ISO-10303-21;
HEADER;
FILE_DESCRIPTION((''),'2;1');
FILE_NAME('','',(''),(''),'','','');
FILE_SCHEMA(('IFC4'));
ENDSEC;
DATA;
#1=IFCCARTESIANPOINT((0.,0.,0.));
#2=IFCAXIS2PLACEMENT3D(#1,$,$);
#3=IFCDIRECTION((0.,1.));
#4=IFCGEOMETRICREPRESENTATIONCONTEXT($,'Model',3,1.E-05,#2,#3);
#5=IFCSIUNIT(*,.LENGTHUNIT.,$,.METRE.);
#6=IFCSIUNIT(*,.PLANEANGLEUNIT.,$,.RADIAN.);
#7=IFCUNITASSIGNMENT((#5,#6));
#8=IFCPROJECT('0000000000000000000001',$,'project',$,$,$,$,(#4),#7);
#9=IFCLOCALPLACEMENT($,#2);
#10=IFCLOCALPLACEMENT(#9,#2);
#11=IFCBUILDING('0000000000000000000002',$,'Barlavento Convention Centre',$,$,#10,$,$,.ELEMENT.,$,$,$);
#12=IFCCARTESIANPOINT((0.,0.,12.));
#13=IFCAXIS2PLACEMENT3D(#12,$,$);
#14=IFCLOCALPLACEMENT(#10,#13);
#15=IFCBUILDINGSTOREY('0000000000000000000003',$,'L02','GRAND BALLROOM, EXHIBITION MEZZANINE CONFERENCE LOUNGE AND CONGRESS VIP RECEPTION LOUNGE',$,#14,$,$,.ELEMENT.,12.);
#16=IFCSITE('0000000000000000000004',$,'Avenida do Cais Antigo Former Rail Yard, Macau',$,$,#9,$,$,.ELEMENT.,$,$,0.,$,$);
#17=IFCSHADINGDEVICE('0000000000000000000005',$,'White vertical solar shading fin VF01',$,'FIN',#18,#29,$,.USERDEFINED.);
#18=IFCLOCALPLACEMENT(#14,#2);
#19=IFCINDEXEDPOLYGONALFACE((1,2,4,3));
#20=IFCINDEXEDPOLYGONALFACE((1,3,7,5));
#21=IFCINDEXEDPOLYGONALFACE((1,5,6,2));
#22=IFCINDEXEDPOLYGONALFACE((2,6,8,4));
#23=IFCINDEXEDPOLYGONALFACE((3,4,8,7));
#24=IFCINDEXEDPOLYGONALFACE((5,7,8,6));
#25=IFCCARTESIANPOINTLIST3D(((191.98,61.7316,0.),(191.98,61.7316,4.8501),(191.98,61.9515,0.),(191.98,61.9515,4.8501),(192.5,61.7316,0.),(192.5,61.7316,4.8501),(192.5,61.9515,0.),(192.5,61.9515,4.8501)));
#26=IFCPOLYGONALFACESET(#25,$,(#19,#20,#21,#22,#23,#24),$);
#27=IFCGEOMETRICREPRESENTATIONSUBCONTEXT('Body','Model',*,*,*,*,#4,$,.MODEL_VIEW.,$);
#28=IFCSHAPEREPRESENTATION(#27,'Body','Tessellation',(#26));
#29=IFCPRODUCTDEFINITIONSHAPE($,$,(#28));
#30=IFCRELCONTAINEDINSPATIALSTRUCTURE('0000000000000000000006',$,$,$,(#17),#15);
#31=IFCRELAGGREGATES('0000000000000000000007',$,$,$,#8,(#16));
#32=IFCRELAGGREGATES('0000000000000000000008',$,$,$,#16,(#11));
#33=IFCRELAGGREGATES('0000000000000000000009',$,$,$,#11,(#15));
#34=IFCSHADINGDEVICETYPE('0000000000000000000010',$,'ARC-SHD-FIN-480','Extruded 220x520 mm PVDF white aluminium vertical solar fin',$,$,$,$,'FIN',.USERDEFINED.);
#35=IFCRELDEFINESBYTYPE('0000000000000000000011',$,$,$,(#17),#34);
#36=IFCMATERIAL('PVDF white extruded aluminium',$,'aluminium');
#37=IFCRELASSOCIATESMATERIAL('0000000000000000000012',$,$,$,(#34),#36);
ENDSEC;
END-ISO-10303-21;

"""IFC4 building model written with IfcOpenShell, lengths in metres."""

from ifc_helpers import new_model, si_unit, direction, frame, origin, origin_2d, place, context, subcontext, project, spatial, rectangle, extrude, material, type_object, element, save


model = new_model("IFC4")

# Units and contexts
model_context = context("Model", 3, precision=1e-05, world=origin(), true_north=direction((0.0, 1.0)))
body_context = subcontext(model_context, "Body", "Model", "MODEL_VIEW")
ifc_project = project(units=[si_unit("LENGTHUNIT", "METRE"), si_unit("PLANEANGLEUNIT", "RADIAN")], contexts=[model_context])

# Site, building, storey
site_placement = place(None, origin())
site = spatial("IfcSite", under=ifc_project, at=site_placement, Name="Avenida do Cais Antigo Former Rail Yard, Macau", CompositionType="ELEMENT", RefElevation=0.0)
building_placement = place(site_placement, origin())
building = spatial("IfcBuilding", under=site, at=building_placement, Name="Barlavento Convention Centre", CompositionType="ELEMENT")
storey_placement = place(building_placement, frame((0.0, 0.0, 12.0)))
storey = spatial("IfcBuildingStorey", under=building, at=storey_placement, Name="L02", Description="GRAND BALLROOM, EXHIBITION MEZZANINE CONFERENCE LOUNGE AND CONGRESS VIP RECEPTION LOUNGE", CompositionType="ELEMENT", Elevation=12.0)

# Shading device
ifc_material_1 = material(Name="PVDF white extruded aluminium", Category="aluminium")
shading_device_type = type_object("IfcShadingDeviceType", Name="ARC-SHD-FIN-480", Description="Extruded 220x520 mm PVDF white aluminium vertical solar fin", ElementType="FIN", PredefinedType="USERDEFINED", material=ifc_material_1)
for number, where, z_axis, x_axis, name in (
    (1, (192.24, 61.8416, 0.0), (0.0, 0.0, 1.0), (0.0, 1.0, 0.0), "White vertical solar shading fin VF01"),
):
    element("IfcShadingDevice", number, at=place(storey_placement, frame(where, z_axis=z_axis, x_axis=x_axis)), inside=storey, type_object=shading_device_type, Name=name, ObjectType="FIN", PredefinedType="USERDEFINED", context=body_context, shape_type="SweptSolid", body=[
        extrude(rectangle(XDim=0.22, YDim=0.52, at=origin_2d()), origin(), (0.0, 0.0, 1.0), 4.8501),
    ])

save(model, "model.ifc")
